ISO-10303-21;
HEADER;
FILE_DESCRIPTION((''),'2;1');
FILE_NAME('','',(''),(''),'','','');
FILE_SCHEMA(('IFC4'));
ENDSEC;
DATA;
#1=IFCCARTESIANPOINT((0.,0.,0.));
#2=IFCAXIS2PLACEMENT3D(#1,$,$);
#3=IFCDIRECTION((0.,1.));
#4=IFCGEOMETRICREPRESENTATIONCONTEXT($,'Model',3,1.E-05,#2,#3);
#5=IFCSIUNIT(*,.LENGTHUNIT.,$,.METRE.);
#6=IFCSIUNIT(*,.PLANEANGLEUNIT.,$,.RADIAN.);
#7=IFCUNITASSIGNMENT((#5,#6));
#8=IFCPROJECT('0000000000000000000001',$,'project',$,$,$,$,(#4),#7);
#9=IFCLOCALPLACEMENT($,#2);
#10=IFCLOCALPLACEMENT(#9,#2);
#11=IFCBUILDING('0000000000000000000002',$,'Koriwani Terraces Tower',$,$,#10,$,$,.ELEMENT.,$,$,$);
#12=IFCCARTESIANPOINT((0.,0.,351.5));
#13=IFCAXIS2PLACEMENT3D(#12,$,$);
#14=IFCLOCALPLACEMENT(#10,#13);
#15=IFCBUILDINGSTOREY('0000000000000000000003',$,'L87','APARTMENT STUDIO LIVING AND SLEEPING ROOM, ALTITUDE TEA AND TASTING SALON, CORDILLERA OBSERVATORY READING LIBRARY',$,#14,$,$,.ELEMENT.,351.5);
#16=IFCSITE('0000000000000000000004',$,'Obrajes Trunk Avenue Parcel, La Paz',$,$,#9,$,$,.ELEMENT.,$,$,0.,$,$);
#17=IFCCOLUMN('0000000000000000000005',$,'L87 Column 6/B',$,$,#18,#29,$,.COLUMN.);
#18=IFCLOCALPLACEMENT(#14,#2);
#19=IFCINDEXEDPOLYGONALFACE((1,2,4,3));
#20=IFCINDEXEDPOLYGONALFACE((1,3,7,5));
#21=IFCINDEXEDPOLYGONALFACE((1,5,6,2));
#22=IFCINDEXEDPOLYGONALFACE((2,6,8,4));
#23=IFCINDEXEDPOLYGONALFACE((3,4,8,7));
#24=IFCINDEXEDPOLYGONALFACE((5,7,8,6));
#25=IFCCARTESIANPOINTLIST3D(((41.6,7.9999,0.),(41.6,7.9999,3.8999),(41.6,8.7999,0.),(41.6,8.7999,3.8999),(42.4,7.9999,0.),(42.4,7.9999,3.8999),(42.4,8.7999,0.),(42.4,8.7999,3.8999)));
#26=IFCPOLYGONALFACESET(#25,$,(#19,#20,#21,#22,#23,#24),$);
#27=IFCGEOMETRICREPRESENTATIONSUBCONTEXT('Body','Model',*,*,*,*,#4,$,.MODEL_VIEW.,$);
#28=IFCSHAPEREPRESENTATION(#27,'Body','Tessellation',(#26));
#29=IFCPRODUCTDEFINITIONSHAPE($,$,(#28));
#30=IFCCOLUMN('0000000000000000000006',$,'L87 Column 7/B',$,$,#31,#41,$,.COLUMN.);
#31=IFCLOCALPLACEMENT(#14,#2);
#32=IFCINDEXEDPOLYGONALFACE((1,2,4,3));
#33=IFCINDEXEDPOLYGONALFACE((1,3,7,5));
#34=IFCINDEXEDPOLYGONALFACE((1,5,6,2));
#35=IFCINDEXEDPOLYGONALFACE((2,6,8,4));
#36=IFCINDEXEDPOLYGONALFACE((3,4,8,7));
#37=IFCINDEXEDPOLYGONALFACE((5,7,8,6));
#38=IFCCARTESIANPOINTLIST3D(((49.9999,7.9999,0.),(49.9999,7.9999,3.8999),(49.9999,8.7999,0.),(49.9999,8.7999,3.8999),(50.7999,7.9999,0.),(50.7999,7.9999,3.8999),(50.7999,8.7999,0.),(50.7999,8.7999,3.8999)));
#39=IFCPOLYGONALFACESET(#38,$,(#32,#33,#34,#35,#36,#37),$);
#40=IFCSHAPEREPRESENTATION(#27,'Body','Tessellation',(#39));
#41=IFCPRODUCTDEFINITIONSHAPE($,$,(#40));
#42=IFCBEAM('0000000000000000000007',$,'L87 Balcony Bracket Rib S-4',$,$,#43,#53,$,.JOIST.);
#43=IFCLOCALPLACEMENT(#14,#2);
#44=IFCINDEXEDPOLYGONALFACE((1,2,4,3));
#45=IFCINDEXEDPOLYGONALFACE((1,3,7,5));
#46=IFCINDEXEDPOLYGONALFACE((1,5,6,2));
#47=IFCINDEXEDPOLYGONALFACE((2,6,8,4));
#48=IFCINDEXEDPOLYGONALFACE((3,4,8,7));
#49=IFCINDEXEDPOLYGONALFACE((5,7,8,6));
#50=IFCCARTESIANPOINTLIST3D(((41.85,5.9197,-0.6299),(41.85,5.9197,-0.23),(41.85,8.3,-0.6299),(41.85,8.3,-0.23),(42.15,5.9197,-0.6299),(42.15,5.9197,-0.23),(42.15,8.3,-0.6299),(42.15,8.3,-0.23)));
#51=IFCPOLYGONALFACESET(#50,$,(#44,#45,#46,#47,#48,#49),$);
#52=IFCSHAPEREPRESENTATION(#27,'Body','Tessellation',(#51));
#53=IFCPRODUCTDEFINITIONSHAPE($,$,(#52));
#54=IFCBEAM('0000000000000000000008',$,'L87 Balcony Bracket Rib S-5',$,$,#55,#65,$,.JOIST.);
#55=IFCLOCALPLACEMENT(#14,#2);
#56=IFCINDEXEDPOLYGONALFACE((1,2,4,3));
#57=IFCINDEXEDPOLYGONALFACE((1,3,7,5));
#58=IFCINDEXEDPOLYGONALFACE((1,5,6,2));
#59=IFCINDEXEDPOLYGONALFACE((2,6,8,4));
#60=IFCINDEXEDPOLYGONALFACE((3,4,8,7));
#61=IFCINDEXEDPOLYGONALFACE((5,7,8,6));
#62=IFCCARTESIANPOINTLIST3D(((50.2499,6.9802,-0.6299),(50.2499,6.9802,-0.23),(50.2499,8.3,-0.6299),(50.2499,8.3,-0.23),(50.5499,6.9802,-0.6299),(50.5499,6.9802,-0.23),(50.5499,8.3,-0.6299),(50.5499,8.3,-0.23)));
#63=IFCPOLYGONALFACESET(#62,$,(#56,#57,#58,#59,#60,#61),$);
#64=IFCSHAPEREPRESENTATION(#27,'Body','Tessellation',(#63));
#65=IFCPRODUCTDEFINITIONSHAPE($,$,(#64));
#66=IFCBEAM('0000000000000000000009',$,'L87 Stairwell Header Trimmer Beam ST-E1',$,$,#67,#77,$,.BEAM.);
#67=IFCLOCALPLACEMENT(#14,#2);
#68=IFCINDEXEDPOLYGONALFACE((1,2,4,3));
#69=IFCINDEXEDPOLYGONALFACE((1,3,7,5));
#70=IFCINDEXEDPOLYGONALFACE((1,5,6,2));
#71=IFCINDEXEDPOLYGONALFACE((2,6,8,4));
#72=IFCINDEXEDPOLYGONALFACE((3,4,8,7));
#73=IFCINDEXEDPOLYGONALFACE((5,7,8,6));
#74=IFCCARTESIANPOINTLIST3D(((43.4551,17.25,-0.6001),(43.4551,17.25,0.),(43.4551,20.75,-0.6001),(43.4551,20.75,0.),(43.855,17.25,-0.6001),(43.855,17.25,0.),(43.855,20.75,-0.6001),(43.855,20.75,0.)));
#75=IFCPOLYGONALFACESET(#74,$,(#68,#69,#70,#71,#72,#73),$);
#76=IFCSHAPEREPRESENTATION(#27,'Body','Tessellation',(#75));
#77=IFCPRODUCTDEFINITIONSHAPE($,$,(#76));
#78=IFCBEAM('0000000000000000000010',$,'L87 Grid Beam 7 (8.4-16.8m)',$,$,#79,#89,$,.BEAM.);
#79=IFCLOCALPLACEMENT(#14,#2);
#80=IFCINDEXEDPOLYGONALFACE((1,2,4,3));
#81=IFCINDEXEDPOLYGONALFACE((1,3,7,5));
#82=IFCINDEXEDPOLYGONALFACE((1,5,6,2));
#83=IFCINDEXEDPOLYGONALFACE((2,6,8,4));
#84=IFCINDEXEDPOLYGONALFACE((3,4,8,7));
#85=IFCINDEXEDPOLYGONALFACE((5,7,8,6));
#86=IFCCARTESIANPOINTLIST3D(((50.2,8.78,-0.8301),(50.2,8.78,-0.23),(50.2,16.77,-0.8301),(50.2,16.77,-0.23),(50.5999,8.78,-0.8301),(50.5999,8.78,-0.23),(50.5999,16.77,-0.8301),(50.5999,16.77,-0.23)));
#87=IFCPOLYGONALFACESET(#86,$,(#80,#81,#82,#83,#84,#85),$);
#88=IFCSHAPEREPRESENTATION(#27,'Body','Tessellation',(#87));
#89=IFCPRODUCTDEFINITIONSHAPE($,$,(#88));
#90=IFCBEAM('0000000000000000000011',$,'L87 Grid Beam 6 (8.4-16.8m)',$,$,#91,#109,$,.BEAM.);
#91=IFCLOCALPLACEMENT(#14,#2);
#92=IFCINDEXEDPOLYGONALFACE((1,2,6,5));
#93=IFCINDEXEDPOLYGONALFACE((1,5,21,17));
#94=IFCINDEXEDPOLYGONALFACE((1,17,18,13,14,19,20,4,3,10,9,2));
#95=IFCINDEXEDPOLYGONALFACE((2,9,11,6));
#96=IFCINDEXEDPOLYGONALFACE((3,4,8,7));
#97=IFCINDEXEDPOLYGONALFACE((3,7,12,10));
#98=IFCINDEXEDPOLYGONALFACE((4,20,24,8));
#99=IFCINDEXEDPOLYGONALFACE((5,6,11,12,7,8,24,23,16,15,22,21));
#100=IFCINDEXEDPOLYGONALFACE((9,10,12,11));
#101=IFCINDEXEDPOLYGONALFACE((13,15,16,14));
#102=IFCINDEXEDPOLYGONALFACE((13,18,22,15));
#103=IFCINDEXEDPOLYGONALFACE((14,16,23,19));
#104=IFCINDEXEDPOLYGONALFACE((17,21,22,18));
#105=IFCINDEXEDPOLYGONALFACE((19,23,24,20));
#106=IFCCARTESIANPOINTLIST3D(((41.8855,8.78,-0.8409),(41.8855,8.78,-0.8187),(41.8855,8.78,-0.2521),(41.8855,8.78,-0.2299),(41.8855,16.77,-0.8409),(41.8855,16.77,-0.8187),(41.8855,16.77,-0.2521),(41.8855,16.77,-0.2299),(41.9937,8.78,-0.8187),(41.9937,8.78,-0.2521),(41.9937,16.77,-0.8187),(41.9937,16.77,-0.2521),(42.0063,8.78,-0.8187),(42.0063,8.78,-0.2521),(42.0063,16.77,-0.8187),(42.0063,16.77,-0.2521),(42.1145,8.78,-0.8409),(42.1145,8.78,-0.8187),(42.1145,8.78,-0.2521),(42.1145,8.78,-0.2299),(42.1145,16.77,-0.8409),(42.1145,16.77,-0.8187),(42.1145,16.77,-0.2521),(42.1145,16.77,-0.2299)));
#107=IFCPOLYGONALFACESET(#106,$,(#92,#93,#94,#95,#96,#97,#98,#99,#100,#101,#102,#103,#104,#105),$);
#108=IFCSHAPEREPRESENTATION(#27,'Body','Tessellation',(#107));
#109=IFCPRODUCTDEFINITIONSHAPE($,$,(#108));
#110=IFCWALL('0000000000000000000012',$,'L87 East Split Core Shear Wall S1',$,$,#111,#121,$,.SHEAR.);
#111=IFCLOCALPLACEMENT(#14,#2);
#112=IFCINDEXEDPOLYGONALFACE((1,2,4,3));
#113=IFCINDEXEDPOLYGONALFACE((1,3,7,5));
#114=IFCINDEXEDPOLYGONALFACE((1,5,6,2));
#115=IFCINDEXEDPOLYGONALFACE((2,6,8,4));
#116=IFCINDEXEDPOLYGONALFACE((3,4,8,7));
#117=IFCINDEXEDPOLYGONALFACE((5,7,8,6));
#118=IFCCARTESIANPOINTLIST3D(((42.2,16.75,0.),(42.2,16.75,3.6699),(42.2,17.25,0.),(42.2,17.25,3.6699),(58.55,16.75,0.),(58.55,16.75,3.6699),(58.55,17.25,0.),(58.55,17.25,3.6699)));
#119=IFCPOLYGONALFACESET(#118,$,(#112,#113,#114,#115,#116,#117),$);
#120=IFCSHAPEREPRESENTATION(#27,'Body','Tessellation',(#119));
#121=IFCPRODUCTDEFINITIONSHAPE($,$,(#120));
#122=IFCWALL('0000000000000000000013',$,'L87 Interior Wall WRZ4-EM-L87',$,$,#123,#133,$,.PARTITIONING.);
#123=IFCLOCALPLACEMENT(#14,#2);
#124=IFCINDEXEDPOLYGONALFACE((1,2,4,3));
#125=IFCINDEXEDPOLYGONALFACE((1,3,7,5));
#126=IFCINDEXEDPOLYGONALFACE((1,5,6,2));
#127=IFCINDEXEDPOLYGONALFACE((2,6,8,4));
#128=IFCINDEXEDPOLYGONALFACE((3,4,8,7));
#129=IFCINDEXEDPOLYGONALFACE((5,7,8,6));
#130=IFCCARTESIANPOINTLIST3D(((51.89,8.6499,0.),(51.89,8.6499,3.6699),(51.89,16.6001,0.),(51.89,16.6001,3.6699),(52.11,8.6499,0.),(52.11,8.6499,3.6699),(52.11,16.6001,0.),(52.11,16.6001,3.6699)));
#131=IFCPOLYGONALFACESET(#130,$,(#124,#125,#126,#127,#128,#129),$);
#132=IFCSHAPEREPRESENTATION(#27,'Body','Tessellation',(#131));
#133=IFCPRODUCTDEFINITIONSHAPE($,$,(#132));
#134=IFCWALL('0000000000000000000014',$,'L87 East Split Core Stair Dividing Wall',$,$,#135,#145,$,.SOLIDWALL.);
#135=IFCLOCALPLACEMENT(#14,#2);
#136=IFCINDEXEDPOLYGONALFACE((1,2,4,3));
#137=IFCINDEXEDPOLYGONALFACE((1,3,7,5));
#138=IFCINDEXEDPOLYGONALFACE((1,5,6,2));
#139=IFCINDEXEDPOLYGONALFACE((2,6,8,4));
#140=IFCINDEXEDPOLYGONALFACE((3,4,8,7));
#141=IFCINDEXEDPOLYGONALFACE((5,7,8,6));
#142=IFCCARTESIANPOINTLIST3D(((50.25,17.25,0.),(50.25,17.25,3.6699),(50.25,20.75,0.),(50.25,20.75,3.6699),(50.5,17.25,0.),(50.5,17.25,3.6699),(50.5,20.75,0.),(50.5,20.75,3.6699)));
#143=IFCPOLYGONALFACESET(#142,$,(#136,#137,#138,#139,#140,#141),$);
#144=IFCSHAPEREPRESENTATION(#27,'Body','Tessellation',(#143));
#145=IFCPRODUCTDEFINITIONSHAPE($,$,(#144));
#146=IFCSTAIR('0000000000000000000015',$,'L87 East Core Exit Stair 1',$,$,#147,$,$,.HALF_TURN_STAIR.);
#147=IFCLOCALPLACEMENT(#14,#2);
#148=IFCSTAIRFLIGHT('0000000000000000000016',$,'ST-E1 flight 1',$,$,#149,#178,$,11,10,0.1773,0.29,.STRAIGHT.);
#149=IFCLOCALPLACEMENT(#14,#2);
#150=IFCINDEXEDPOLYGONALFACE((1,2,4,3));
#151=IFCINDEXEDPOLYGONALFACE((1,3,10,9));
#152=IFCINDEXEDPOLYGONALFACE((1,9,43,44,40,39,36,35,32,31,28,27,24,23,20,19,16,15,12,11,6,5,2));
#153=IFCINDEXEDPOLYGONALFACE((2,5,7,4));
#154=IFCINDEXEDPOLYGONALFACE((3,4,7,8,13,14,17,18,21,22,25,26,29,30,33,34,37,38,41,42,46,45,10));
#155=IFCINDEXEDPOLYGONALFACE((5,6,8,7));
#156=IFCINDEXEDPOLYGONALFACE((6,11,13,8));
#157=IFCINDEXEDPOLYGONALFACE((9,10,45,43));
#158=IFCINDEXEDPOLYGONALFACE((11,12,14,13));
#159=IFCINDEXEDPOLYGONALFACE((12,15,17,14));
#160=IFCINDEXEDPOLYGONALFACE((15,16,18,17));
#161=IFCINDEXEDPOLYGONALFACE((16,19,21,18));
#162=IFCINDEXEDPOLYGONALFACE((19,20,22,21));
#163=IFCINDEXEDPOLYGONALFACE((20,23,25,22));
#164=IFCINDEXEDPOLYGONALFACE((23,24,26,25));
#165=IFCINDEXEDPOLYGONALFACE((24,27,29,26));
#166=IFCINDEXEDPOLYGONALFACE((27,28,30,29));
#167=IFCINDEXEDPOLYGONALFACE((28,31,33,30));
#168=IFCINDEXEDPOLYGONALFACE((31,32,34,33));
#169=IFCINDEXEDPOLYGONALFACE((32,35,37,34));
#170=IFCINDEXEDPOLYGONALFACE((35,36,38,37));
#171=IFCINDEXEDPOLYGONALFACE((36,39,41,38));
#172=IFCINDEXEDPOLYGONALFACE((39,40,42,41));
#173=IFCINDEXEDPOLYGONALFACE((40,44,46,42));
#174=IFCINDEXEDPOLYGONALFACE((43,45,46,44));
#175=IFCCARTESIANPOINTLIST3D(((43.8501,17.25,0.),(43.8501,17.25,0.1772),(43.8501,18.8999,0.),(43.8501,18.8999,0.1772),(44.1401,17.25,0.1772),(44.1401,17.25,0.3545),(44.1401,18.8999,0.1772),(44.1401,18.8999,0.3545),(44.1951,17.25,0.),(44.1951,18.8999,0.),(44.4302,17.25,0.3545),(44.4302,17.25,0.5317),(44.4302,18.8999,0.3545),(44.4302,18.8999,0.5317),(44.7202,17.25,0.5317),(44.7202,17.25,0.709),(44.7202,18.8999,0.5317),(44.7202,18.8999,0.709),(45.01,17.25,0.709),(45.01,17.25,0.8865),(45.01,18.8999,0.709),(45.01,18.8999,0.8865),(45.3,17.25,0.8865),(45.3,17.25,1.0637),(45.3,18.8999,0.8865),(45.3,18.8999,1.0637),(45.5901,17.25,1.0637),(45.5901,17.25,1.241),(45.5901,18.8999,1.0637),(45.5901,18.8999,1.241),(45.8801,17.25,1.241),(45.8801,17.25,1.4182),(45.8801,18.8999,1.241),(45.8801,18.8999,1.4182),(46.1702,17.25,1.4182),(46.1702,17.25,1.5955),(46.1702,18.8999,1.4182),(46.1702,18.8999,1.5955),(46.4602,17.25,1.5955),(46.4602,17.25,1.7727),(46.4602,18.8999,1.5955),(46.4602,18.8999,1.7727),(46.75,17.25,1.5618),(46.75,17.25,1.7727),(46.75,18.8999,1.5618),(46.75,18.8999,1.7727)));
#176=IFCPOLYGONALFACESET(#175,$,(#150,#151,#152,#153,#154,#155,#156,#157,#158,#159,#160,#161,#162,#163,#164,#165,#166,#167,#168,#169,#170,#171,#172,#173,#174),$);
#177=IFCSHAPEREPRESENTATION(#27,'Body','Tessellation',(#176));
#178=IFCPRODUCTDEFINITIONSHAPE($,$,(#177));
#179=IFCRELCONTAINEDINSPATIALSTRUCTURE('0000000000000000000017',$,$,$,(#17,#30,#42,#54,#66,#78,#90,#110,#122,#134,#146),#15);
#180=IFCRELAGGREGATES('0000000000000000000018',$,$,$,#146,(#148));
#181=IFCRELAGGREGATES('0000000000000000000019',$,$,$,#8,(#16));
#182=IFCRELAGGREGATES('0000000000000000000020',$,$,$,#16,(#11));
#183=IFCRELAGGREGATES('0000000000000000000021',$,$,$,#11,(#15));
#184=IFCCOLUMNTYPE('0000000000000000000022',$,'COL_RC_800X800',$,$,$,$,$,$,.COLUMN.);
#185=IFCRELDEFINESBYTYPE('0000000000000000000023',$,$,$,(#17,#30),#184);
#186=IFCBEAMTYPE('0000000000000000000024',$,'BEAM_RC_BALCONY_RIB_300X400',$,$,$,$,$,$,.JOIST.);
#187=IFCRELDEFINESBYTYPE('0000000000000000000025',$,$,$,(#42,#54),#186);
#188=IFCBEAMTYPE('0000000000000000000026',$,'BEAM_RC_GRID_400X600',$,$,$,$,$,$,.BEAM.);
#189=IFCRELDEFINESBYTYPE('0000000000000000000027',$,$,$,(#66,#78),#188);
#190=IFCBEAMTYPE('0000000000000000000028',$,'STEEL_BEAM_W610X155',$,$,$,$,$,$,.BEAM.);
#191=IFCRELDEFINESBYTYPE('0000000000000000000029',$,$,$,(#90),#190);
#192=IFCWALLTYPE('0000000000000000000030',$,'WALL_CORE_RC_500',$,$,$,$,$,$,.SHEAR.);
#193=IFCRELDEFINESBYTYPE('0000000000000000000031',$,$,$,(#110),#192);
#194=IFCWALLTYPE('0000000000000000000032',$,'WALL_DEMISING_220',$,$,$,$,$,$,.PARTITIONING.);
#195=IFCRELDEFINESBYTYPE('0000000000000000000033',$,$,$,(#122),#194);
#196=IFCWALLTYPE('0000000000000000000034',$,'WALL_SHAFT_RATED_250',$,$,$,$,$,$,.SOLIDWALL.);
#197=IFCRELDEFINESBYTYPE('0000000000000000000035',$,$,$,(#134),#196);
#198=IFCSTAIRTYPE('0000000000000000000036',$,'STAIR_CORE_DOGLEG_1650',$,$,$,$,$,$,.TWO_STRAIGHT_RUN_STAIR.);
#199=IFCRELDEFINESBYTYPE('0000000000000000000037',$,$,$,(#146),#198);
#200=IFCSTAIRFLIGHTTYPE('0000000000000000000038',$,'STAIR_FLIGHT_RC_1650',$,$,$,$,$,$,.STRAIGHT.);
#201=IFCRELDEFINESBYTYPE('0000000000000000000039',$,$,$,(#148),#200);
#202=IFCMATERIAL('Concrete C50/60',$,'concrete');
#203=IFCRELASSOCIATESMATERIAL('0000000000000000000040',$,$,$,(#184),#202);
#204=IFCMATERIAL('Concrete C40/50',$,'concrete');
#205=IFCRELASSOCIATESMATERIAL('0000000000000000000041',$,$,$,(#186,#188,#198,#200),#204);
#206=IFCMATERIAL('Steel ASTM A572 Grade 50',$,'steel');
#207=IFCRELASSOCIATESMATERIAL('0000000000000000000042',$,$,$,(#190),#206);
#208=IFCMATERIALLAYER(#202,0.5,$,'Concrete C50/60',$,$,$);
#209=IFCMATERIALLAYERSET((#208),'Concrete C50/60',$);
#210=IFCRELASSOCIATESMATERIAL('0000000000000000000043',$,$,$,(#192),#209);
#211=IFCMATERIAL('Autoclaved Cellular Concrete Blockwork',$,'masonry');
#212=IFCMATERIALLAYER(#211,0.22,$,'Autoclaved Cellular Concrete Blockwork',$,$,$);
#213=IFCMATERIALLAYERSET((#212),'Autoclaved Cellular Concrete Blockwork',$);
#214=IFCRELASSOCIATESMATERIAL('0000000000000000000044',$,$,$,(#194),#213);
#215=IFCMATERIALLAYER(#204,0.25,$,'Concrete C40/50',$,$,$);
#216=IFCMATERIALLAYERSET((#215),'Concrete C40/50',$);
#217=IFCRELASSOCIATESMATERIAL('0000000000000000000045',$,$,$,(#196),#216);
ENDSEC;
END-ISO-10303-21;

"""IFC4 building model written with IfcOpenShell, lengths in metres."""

from ifc_helpers import new_model, si_unit, direction, frame, frame_2d, origin, origin_2d, place, context, subcontext, project, spatial, polyline, rectangle, i_section, outline, extrude, material, layer, layer_set, material_profile, profile_set, type_object, element, aggregate, save


model = new_model("IFC4")

# Units and contexts
model_context = context("Model", 3, precision=1e-05, world=origin(), true_north=direction((0.0, 1.0)))
body_context = subcontext(model_context, "Body", "Model", "MODEL_VIEW")
ifc_project = project(units=[si_unit("LENGTHUNIT", "METRE"), si_unit("PLANEANGLEUNIT", "RADIAN")], contexts=[model_context])

# Site, building, storey
site_placement = place(None, origin())
site = spatial("IfcSite", under=ifc_project, at=site_placement, Name="Obrajes Trunk Avenue Parcel, La Paz", CompositionType="ELEMENT", RefElevation=0.0)
building_placement = place(site_placement, origin())
building = spatial("IfcBuilding", under=site, at=building_placement, Name="Koriwani Terraces Tower", CompositionType="ELEMENT")
storey_placement = place(building_placement, frame((0.0, 0.0, 351.5)))
storey = spatial("IfcBuildingStorey", under=building, at=storey_placement, Name="L87", Description="APARTMENT STUDIO LIVING AND SLEEPING ROOM, ALTITUDE TEA AND TASTING SALON, CORDILLERA OBSERVATORY READING LIBRARY", CompositionType="ELEMENT", Elevation=351.5)

# Columns
ifc_material_1 = material(Name="Concrete C50/60", Category="concrete")
ifc_material_profile_1 = material_profile(ifc_material_1, rectangle(XDim=0.8, YDim=0.8, at=origin_2d()), Name="Concrete C50/60", Category="LoadBearing")
ifc_profile_set_1 = profile_set([ifc_material_profile_1], Name="Concrete C50/60")
column_type = type_object("IfcColumnType", Name="COL_RC_800X800", PredefinedType="COLUMN", material=ifc_profile_set_1)
for number, where, z_axis, x_axis, name in (
    (1, (42.0, 8.3999, 0.0), (0.0, 0.0, 1.0), (1.0, 0.0, 0.0), "L87 Column 6/B"),
    (2, (50.3999, 8.3999, 0.0), (0.0, 0.0, 1.0), (1.0, 0.0, 0.0), "L87 Column 7/B"),
):
    element("IfcColumn", number, at=place(storey_placement, frame(where, z_axis=z_axis, x_axis=x_axis)), inside=storey, type_object=column_type, Name=name, PredefinedType="COLUMN", context=body_context, shape_type="SweptSolid", body=[
        extrude(rectangle(XDim=0.8, YDim=0.8, at=origin_2d()), origin(), (0.0, 0.0, 1.0), 3.8999),
    ])

# Beams
ifc_material_2 = material(Name="Concrete C40/50", Category="concrete")
ifc_material_profile_2 = material_profile(ifc_material_2, rectangle(XDim=0.3, YDim=0.3999, at=origin_2d()), Name="Concrete C40/50", Category="LoadBearing")
ifc_profile_set_2 = profile_set([ifc_material_profile_2], Name="Concrete C40/50")
beam_type_1 = type_object("IfcBeamType", Name="BEAM_RC_BALCONY_RIB_300X400", PredefinedType="JOIST", material=ifc_profile_set_2)
beam_1_placement = place(storey_placement, frame((42.0, 5.9197, -0.4299), z_axis=(0.0, 1.0, 0.0), x_axis=(-1.0, 0.0, 0.0)))
element("IfcBeam", 3, at=beam_1_placement, inside=storey, type_object=beam_type_1, Name="L87 Balcony Bracket Rib S-4", PredefinedType="JOIST", context=body_context, shape_type="SweptSolid", body=[
    extrude(rectangle(XDim=0.3, YDim=0.3999, at=origin_2d()), origin(), (0.0, 0.0, 1.0), 2.3804),
])
beam_2_placement = place(storey_placement, frame((50.3999, 6.9802, -0.4299), z_axis=(0.0, 1.0, 0.0), x_axis=(-1.0, 0.0, 0.0)))
element("IfcBeam", 4, at=beam_2_placement, inside=storey, type_object=beam_type_1, Name="L87 Balcony Bracket Rib S-5", PredefinedType="JOIST", context=body_context, shape_type="SweptSolid", body=[
    extrude(rectangle(XDim=0.3, YDim=0.3999, at=origin_2d()), origin(), (0.0, 0.0, 1.0), 1.3198),
])
ifc_material_profile_3 = material_profile(ifc_material_2, rectangle(XDim=0.3999, YDim=0.6001, at=origin_2d()), Name="Concrete C40/50", Category="LoadBearing")
ifc_profile_set_3 = profile_set([ifc_material_profile_3], Name="Concrete C40/50")
beam_type_2 = type_object("IfcBeamType", Name="BEAM_RC_GRID_400X600", PredefinedType="BEAM", material=ifc_profile_set_3)
beam_3_placement = place(storey_placement, frame((43.655, 17.25, -0.3), z_axis=(0.0, 1.0, 0.0), x_axis=(-1.0, 0.0, 0.0)))
element("IfcBeam", 5, at=beam_3_placement, inside=storey, type_object=beam_type_2, Name="L87 Stairwell Header Trimmer Beam ST-E1", PredefinedType="BEAM", context=body_context, shape_type="SweptSolid", body=[
    extrude(rectangle(XDim=0.3999, YDim=0.6001, at=origin_2d()), origin(), (0.0, 0.0, 1.0), 3.5),
])
beam_4_placement = place(storey_placement, frame((50.3999, 8.78, -0.53), z_axis=(0.0, 1.0, 0.0), x_axis=(-1.0, 0.0, 0.0)))
element("IfcBeam", 6, at=beam_4_placement, inside=storey, type_object=beam_type_2, Name="L87 Grid Beam 7 (8.4-16.8m)", PredefinedType="BEAM", context=body_context, shape_type="SweptSolid", body=[
    extrude(rectangle(XDim=0.3999, YDim=0.6001, at=origin_2d()), origin(), (0.0, 0.0, 1.0), 7.99),
])
ifc_material_3 = material(Name="Steel ASTM A572 Grade 50", Category="steel")
ifc_material_profile_4 = material_profile(ifc_material_3, i_section(OverallWidth=0.229, OverallDepth=0.6111, WebThickness=0.0127, FlangeThickness=0.0222, at=origin_2d()), Name="Steel ASTM A572 Grade 50", Category="LoadBearing")
ifc_profile_set_4 = profile_set([ifc_material_profile_4], Name="Steel ASTM A572 Grade 50")
beam_type_3 = type_object("IfcBeamType", Name="STEEL_BEAM_W610X155", PredefinedType="BEAM", material=ifc_profile_set_4)
beam_5_placement = place(storey_placement, frame((42.0, 8.78, -0.5354), z_axis=(0.0, 1.0, 0.0), x_axis=(-1.0, 0.0, 0.0)))
element("IfcBeam", 7, at=beam_5_placement, inside=storey, type_object=beam_type_3, Name="L87 Grid Beam 6 (8.4-16.8m)", PredefinedType="BEAM", context=body_context, shape_type="SweptSolid", body=[
    extrude(i_section(OverallWidth=0.229, OverallDepth=0.6111, WebThickness=0.0127, FlangeThickness=0.0222, at=origin_2d()), origin(), (0.0, 0.0, 1.0), 7.99),
])

# Walls
ifc_layer_1 = layer(ifc_material_1, 0.5, Name="Concrete C50/60")
ifc_layer_set_1 = layer_set([ifc_layer_1], Name="Concrete C50/60")
wall_type_1 = type_object("IfcWallType", Name="WALL_CORE_RC_500", PredefinedType="SHEAR", material=ifc_layer_set_1)
wall_1_placement = place(storey_placement, frame((42.2, 17.0, 0.0), z_axis=(0.0, 0.0, 1.0), x_axis=(1.0, 0.0, 0.0)))
element("IfcWall", 8, at=wall_1_placement, inside=storey, type_object=wall_type_1, Name="L87 East Split Core Shear Wall S1", PredefinedType="SHEAR", context=body_context, shape_type="SweptSolid", body=[
    extrude(rectangle(XDim=16.3501, YDim=0.5, at=frame_2d((8.175, 0.0))), origin(), (0.0, 0.0, 1.0), 3.6699),
])
ifc_material_4 = material(Name="Autoclaved Cellular Concrete Blockwork", Category="masonry")
ifc_layer_2 = layer(ifc_material_4, 0.22, Name="Autoclaved Cellular Concrete Blockwork")
ifc_layer_set_2 = layer_set([ifc_layer_2], Name="Autoclaved Cellular Concrete Blockwork")
wall_type_2 = type_object("IfcWallType", Name="WALL_DEMISING_220", PredefinedType="PARTITIONING", material=ifc_layer_set_2)
wall_2_placement = place(storey_placement, frame((52.0, 8.6499, 0.0), z_axis=(0.0, 0.0, 1.0), x_axis=(0.0, 1.0, 0.0)))
element("IfcWall", 9, at=wall_2_placement, inside=storey, type_object=wall_type_2, Name="L87 Interior Wall WRZ4-EM-L87", PredefinedType="PARTITIONING", context=body_context, shape_type="SweptSolid", body=[
    extrude(rectangle(XDim=7.9502, YDim=0.22, at=frame_2d((3.9751, 0.0))), origin(), (0.0, 0.0, 1.0), 3.6699),
])
ifc_layer_3 = layer(ifc_material_2, 0.25, Name="Concrete C40/50")
ifc_layer_set_3 = layer_set([ifc_layer_3], Name="Concrete C40/50")
wall_type_3 = type_object("IfcWallType", Name="WALL_SHAFT_RATED_250", PredefinedType="SOLIDWALL", material=ifc_layer_set_3)
wall_3_placement = place(storey_placement, frame((50.375, 17.25, 0.0), z_axis=(0.0, 0.0, 1.0), x_axis=(0.0, 1.0, 0.0)))
element("IfcWall", 10, at=wall_3_placement, inside=storey, type_object=wall_type_3, Name="L87 East Split Core Stair Dividing Wall", PredefinedType="SOLIDWALL", context=body_context, shape_type="SweptSolid", body=[
    extrude(rectangle(XDim=3.5, YDim=0.25, at=frame_2d((1.75, 0.0))), origin(), (0.0, 0.0, 1.0), 3.6699),
])

# Stair, stair flight
stair_type = type_object("IfcStairType", Name="STAIR_CORE_DOGLEG_1650", PredefinedType="TWO_STRAIGHT_RUN_STAIR", material=ifc_material_2)
stair_placement = place(storey_placement, origin())
stair = element("IfcStair", 11, at=stair_placement, inside=storey, type_object=stair_type, Name="L87 East Core Exit Stair 1", PredefinedType="HALF_TURN_STAIR")
stair_flight_type = type_object("IfcStairFlightType", Name="STAIR_FLIGHT_RC_1650", PredefinedType="STRAIGHT", material=ifc_material_2)
stair_flight_placement = place(storey_placement, frame((43.8501, 18.075, 0.0), z_axis=(0.0, 0.0, 1.0), x_axis=(1.0, 0.0, 0.0)))
stair_flight = element("IfcStairFlight", 12, at=stair_flight_placement, type_object=stair_flight_type, Name="ST-E1 flight 1", NumberOfRisers=11, NumberOfTreads=10, PredefinedType="STRAIGHT", RiserHeight=0.1773, TreadLength=0.29, context=body_context, shape_type="SweptSolid", body=[
    extrude(outline(polyline([(0.0, 0.0), (0.0, 0.1772), (0.29, 0.1772), (0.29, 0.3545), (0.5801, 0.3545), (0.5801, 0.5317), (0.8701, 0.5317), (0.8701, 0.709), (1.1599, 0.709), (1.1599, 0.8865), (1.45, 0.8865), (1.45, 1.0637), (1.74, 1.0637), (1.74, 1.241), (2.03, 1.241), (2.03, 1.4182), (2.3201, 1.4182), (2.3201, 1.5955), (2.6101, 1.5955), (2.6101, 1.7727), (2.8999, 1.7727), (2.8999, 1.95), (2.8999, 1.5618), (0.345, 0.0), (0.0, 0.0)])), frame((0.0, 0.825, 0.0), z_axis=(0.0, -1.0, 0.0), x_axis=(1.0, 0.0, 0.0)), (0.0, 0.0, 1.0), 1.6499),
])
aggregate(stair, [stair_flight])

save(model, "model.ifc")
